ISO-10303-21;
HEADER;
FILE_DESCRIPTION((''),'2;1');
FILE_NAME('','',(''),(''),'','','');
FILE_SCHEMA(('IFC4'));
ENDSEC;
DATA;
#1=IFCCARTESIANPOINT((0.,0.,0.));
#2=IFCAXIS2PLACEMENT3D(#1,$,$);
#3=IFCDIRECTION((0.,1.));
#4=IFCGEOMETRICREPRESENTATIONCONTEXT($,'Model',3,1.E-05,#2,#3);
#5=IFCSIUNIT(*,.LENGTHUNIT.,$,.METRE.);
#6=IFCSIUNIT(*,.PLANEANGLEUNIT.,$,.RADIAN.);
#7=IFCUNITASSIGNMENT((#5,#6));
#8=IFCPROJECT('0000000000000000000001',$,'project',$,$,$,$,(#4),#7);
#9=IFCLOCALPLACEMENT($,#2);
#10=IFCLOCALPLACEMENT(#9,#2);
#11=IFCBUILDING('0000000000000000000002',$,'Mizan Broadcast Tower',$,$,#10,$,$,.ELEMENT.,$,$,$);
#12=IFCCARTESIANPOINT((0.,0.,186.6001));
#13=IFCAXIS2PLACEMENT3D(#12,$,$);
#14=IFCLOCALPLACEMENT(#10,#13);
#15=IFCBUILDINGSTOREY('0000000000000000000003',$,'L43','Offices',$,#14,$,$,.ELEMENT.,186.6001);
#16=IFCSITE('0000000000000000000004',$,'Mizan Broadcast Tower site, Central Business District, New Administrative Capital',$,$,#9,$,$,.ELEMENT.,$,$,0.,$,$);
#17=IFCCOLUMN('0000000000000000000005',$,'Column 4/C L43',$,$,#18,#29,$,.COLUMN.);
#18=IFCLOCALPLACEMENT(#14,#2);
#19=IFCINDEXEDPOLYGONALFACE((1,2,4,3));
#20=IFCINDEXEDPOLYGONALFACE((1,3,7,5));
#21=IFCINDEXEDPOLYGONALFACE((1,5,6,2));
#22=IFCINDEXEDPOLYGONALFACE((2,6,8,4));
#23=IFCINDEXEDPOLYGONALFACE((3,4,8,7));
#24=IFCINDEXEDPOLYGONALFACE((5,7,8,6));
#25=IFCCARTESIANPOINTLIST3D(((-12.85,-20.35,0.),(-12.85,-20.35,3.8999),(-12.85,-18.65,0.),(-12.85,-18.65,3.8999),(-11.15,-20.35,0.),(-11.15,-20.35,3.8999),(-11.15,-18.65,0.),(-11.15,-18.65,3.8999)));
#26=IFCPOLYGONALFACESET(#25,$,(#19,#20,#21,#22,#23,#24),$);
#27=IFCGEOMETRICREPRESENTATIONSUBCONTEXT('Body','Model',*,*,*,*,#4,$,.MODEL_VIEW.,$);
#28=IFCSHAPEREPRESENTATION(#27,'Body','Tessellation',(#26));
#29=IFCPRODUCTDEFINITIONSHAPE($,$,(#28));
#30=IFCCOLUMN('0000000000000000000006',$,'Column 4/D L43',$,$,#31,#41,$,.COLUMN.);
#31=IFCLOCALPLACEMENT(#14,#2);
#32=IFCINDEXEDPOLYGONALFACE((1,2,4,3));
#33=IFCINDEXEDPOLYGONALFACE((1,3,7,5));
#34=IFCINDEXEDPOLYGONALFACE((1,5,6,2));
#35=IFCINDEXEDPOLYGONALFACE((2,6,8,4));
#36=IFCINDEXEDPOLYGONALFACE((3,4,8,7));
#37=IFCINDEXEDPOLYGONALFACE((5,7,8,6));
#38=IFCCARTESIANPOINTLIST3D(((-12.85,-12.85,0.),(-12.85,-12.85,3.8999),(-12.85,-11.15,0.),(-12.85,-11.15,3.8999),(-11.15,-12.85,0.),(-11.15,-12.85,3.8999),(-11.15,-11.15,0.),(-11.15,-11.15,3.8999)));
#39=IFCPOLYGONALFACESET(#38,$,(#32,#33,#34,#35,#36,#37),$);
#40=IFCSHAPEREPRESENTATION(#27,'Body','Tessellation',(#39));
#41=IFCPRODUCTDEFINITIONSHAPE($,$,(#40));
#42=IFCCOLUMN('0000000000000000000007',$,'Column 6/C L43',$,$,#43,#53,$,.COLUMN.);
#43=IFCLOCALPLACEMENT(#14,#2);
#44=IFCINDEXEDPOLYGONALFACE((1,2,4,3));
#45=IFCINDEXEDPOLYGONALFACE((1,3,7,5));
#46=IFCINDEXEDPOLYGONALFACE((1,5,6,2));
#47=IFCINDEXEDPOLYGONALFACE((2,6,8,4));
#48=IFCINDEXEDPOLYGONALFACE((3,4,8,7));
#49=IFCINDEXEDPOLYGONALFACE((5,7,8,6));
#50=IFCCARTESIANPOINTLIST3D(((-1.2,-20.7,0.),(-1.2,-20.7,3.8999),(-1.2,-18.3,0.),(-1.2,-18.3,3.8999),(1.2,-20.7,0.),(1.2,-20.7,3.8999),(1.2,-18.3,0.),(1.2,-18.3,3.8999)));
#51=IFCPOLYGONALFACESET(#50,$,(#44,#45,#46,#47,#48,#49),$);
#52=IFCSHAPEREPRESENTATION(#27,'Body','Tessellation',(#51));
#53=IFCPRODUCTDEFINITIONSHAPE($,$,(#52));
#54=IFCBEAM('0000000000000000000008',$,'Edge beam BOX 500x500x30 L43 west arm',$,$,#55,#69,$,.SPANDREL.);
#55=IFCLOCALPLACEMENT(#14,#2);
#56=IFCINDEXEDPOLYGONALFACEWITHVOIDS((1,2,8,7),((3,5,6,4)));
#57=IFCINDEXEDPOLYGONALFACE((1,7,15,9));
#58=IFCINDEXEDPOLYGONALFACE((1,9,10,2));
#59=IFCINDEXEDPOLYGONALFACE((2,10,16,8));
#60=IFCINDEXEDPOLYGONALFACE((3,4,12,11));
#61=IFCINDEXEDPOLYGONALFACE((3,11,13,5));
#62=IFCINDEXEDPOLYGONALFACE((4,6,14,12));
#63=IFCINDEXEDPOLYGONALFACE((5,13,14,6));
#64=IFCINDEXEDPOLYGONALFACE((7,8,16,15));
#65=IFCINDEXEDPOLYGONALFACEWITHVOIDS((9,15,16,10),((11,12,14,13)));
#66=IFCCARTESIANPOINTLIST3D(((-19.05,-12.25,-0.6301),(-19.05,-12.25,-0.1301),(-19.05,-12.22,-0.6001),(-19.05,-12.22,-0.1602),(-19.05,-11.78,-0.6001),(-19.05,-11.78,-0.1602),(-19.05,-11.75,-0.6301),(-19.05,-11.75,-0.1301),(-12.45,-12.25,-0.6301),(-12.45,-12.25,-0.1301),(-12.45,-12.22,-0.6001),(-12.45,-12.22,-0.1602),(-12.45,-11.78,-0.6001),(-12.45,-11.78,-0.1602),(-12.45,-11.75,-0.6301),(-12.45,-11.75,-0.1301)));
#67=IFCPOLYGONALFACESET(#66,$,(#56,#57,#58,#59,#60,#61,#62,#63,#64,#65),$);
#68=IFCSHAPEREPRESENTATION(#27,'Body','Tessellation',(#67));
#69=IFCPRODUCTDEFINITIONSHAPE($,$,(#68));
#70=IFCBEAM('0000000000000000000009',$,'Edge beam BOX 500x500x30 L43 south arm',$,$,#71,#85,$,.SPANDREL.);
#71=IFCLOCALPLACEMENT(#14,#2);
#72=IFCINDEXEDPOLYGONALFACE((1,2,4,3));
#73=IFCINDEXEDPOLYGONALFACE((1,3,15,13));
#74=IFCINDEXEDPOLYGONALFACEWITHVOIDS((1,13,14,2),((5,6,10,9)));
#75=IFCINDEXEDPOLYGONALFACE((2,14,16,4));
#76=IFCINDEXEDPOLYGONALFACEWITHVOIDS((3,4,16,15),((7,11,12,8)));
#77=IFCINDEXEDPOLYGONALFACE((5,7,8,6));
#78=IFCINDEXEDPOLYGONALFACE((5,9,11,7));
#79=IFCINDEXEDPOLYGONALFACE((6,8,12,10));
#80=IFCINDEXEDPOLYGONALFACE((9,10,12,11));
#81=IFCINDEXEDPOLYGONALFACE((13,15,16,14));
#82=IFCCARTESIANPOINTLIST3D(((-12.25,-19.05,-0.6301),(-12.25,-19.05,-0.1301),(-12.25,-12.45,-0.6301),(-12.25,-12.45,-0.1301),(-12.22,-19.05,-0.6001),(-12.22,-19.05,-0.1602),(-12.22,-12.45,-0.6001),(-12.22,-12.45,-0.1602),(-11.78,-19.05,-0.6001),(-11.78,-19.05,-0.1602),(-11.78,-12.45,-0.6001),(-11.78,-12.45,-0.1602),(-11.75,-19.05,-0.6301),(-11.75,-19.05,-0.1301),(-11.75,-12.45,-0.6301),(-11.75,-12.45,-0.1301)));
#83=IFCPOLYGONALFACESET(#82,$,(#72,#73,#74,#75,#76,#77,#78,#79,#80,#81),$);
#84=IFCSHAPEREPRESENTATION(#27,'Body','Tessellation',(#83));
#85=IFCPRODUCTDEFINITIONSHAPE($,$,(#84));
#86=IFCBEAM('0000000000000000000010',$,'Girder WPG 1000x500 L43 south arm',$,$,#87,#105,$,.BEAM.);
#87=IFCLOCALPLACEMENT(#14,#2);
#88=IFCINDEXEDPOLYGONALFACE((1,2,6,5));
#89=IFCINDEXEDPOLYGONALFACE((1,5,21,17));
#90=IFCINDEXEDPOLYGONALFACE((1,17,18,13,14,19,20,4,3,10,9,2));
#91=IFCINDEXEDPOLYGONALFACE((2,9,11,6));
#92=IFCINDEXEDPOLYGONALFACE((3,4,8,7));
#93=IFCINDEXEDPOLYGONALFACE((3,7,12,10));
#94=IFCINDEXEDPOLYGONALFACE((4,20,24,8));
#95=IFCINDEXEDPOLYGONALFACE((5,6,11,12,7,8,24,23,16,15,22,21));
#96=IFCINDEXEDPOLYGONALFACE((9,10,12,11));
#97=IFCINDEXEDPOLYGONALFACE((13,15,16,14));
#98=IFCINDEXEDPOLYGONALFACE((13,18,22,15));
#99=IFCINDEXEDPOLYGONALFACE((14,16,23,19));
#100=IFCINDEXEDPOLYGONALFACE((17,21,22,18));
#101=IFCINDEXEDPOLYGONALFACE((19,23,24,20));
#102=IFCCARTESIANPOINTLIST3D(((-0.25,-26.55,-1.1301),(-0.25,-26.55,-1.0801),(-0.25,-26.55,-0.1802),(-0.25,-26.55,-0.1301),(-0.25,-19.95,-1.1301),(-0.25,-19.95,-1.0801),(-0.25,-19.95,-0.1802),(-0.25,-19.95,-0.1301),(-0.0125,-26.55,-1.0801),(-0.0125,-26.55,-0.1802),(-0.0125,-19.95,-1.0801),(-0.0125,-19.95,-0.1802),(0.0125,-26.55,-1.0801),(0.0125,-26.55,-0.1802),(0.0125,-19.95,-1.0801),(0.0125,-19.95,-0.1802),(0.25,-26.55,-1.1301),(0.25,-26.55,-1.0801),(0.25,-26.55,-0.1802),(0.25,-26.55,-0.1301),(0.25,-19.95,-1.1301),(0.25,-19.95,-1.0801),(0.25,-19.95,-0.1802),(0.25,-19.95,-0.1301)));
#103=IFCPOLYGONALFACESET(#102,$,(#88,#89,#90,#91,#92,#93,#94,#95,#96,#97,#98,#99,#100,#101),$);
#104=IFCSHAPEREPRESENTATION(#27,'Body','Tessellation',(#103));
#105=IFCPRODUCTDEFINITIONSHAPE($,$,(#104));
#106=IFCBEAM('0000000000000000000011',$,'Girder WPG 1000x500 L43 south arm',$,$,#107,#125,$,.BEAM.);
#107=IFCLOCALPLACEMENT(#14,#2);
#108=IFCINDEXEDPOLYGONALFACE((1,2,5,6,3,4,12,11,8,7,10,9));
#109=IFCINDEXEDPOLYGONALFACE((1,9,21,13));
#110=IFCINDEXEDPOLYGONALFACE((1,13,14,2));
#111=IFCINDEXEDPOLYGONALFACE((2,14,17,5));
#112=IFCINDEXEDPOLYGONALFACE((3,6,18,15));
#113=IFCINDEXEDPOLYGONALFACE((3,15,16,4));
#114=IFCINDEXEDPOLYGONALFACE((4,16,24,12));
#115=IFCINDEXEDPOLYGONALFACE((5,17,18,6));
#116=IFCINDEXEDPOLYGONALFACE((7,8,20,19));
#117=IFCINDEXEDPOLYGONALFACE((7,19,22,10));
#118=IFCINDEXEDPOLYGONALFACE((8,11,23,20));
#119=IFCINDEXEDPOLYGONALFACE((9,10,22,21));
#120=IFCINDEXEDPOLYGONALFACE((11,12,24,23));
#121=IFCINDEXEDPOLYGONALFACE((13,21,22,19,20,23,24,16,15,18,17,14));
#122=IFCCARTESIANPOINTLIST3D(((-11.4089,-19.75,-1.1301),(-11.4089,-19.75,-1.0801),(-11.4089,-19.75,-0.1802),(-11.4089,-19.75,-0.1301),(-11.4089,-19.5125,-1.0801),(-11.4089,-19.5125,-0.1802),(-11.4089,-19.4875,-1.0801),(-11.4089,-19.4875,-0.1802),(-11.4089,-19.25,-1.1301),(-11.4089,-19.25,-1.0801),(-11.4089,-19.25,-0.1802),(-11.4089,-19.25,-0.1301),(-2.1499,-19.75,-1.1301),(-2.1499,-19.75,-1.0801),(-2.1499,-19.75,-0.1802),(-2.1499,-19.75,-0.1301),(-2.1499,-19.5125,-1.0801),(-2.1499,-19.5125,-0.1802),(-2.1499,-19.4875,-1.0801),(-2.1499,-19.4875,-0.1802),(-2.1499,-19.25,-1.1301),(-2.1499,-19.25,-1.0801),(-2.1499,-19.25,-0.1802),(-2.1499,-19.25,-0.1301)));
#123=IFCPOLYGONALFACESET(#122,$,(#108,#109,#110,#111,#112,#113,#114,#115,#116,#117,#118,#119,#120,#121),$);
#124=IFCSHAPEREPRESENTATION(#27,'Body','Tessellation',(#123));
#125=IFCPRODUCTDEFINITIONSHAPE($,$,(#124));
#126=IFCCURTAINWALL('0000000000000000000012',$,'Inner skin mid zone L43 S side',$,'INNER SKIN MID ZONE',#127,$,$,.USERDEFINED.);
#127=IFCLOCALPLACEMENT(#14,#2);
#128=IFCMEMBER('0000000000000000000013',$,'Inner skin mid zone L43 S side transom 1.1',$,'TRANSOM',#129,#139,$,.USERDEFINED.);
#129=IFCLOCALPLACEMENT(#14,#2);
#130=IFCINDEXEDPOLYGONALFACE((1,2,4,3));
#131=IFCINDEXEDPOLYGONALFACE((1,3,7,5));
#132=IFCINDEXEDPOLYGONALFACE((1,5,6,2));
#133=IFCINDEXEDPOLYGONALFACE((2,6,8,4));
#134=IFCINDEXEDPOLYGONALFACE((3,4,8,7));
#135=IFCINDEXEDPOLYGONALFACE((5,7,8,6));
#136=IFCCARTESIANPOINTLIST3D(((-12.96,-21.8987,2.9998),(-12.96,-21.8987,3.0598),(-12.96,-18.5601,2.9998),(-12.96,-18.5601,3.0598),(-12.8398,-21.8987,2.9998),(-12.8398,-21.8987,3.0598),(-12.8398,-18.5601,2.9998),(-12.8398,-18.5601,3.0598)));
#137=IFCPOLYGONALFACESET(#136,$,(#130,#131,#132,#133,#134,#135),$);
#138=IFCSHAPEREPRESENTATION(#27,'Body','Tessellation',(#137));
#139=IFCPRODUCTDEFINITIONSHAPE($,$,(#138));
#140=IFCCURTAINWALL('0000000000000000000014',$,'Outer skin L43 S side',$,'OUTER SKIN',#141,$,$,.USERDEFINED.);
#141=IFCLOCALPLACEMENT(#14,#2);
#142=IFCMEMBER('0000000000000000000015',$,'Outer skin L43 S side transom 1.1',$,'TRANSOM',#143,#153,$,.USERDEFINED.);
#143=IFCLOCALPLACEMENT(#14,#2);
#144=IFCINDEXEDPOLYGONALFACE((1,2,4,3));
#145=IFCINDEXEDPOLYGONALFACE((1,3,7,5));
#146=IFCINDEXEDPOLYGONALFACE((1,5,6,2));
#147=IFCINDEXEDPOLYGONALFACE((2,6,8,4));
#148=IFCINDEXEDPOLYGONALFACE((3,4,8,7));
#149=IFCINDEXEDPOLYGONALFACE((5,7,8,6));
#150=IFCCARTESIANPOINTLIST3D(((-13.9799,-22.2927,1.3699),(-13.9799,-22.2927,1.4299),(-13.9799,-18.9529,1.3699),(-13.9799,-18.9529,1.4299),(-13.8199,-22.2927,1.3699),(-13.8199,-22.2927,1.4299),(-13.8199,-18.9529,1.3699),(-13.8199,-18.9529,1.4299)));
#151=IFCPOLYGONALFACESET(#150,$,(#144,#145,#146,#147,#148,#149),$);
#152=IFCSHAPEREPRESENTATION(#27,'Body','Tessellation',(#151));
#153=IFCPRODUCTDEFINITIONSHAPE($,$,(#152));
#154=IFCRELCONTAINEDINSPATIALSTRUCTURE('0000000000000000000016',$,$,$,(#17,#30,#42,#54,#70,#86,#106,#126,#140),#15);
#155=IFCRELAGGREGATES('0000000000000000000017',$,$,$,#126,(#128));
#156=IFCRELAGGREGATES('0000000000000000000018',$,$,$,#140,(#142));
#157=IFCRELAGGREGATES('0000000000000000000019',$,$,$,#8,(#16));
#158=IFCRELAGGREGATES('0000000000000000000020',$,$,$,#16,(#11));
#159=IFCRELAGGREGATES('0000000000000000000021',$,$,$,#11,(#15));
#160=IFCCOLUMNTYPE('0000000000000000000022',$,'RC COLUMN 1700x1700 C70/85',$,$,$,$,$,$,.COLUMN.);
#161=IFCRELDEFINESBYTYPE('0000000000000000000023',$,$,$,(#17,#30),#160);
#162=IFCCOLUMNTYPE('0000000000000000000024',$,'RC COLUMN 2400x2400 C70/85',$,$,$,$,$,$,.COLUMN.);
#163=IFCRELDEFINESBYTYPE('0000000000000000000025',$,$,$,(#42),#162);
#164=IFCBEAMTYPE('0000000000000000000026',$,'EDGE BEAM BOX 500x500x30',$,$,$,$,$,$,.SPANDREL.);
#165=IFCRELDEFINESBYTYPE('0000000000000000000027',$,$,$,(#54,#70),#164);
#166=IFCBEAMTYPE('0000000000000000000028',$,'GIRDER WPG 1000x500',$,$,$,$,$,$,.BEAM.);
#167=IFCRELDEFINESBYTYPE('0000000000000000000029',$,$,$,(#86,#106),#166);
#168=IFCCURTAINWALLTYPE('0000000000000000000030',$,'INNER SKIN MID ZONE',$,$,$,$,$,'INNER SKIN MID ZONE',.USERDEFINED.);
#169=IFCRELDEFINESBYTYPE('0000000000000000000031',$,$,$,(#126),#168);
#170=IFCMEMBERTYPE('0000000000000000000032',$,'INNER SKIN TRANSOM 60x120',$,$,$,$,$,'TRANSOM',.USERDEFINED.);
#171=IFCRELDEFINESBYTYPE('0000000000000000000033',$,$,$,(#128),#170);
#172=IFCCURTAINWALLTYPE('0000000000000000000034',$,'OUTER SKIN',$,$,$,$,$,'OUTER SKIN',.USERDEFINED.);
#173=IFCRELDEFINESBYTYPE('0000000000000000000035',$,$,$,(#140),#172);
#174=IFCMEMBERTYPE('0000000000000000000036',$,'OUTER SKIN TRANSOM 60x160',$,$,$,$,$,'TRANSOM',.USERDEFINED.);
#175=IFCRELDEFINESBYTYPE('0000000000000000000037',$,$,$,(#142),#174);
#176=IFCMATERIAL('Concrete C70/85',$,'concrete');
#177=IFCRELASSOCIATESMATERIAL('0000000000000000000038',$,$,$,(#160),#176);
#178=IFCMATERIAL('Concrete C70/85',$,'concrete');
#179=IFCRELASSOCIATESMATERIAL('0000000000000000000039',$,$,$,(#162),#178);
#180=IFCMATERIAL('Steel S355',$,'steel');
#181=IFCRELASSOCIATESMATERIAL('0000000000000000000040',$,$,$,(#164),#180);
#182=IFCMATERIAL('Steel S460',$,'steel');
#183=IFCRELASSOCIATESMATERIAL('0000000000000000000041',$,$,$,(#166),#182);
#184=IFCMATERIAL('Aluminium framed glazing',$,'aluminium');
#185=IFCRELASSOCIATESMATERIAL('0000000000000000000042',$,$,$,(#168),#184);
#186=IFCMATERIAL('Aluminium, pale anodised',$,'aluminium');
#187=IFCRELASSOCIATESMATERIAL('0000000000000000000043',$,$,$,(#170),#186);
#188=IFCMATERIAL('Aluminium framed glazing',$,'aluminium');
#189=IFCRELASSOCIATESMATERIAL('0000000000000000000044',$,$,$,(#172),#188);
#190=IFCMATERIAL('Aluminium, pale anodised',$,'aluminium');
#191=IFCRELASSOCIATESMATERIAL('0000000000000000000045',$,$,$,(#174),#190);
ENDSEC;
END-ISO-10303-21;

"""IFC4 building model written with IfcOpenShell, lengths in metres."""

from ifc_helpers import new_model, si_unit, direction, frame, origin, origin_2d, place, context, subcontext, project, spatial, rectangle, hollow_rectangle, i_section, extrude, material, material_profile, profile_set, type_object, element, aggregate, save


model = new_model("IFC4")

# Units and contexts
model_context = context("Model", 3, precision=1e-05, world=origin(), true_north=direction((0.0, 1.0)))
body_context = subcontext(model_context, "Body", "Model", "MODEL_VIEW")
ifc_project = project(units=[si_unit("LENGTHUNIT", "METRE"), si_unit("PLANEANGLEUNIT", "RADIAN")], contexts=[model_context])

# Site, building, storey
site_placement = place(None, origin())
site = spatial("IfcSite", under=ifc_project, at=site_placement, Name="Mizan Broadcast Tower site, Central Business District, New Administrative Capital", CompositionType="ELEMENT", RefElevation=0.0)
building_placement = place(site_placement, origin())
building = spatial("IfcBuilding", under=site, at=building_placement, Name="Mizan Broadcast Tower", CompositionType="ELEMENT")
storey_placement = place(building_placement, frame((0.0, 0.0, 186.6001)))
storey = spatial("IfcBuildingStorey", under=building, at=storey_placement, Name="L43", Description="Offices", CompositionType="ELEMENT", Elevation=186.6001)

# Columns
ifc_material_1 = material(Name="Concrete C70/85", Category="concrete")
ifc_material_profile_1 = material_profile(ifc_material_1, rectangle(XDim=1.7, YDim=1.7, at=origin_2d()), Name="RC 1700x1700")
ifc_profile_set_1 = profile_set([ifc_material_profile_1], Name="Concrete C70/85")
column_type_1 = type_object("IfcColumnType", Name="RC COLUMN 1700x1700 C70/85", PredefinedType="COLUMN", material=ifc_profile_set_1)
for number, where, z_axis, x_axis, name in (
    (1, (-12.0, -19.5, 0.0), (0.0, 0.0, 1.0), (1.0, 0.0, 0.0), "Column 4/C L43"),
    (2, (-12.0, -12.0, 0.0), (0.0, 0.0, 1.0), (1.0, 0.0, 0.0), "Column 4/D L43"),
):
    element("IfcColumn", number, at=place(storey_placement, frame(where, z_axis=z_axis, x_axis=x_axis)), inside=storey, type_object=column_type_1, Name=name, PredefinedType="COLUMN", context=body_context, shape_type="SweptSolid", body=[
        extrude(rectangle(XDim=1.7, YDim=1.7, at=origin_2d()), origin(), (0.0, 0.0, 1.0), 3.8999),
    ])
ifc_material_2 = material(Name="Concrete C70/85", Category="concrete")
ifc_material_profile_2 = material_profile(ifc_material_2, rectangle(XDim=2.3999, YDim=2.3999, at=origin_2d()), Name="RC 2400x2400")
ifc_profile_set_2 = profile_set([ifc_material_profile_2], Name="Concrete C70/85")
column_type_2 = type_object("IfcColumnType", Name="RC COLUMN 2400x2400 C70/85", PredefinedType="COLUMN", material=ifc_profile_set_2)
column_placement = place(storey_placement, frame((0.0, -19.5, 0.0), z_axis=(0.0, 0.0, 1.0), x_axis=(1.0, 0.0, 0.0)))
element("IfcColumn", 3, at=column_placement, inside=storey, type_object=column_type_2, Name="Column 6/C L43", PredefinedType="COLUMN", context=body_context, shape_type="SweptSolid", body=[
    extrude(rectangle(XDim=2.3999, YDim=2.3999, at=origin_2d()), origin(), (0.0, 0.0, 1.0), 3.8999),
])

# Beams
ifc_material_3 = material(Name="Steel S355", Category="steel")
ifc_material_profile_3 = material_profile(ifc_material_3, hollow_rectangle(XDim=0.5, YDim=0.5, WallThickness=0.03, at=origin_2d()), Name="BOX 500x500x30")
ifc_profile_set_3 = profile_set([ifc_material_profile_3], Name="Steel S355")
beam_type_1 = type_object("IfcBeamType", Name="EDGE BEAM BOX 500x500x30", PredefinedType="SPANDREL", material=ifc_profile_set_3)
for number, where, z_axis, x_axis, name in (
    (4, (-12.45, -12.0, -0.3801), (-1.0, 0.0, 0.0), (0.0, -1.0, 0.0), "Edge beam BOX 500x500x30 L43 west arm"),
    (5, (-12.0, -12.45, -0.3801), (0.0, -1.0, 0.0), (1.0, 0.0, 0.0), "Edge beam BOX 500x500x30 L43 south arm"),
):
    element("IfcBeam", number, at=place(storey_placement, frame(where, z_axis=z_axis, x_axis=x_axis)), inside=storey, type_object=beam_type_1, Name=name, PredefinedType="SPANDREL", context=body_context, shape_type="SweptSolid", body=[
        extrude(hollow_rectangle(XDim=0.5, YDim=0.5, WallThickness=0.03, at=origin_2d()), origin(), (0.0, 0.0, 1.0), 6.6001),
    ])
ifc_material_4 = material(Name="Steel S460", Category="steel")
ifc_material_profile_4 = material_profile(ifc_material_4, i_section(OverallWidth=0.5, OverallDepth=1.0, WebThickness=0.0249, FlangeThickness=0.05, at=origin_2d()), Name="WPG 1000x500")
ifc_profile_set_4 = profile_set([ifc_material_profile_4], Name="Steel S460")
beam_type_2 = type_object("IfcBeamType", Name="GIRDER WPG 1000x500", PredefinedType="BEAM", material=ifc_profile_set_4)
beam_1_placement = place(storey_placement, frame((0.0, -19.95, -0.6301), z_axis=(0.0, -1.0, 0.0), x_axis=(1.0, 0.0, 0.0)))
element("IfcBeam", 6, at=beam_1_placement, inside=storey, type_object=beam_type_2, Name="Girder WPG 1000x500 L43 south arm", PredefinedType="BEAM", context=body_context, shape_type="SweptSolid", body=[
    extrude(i_section(OverallWidth=0.5, OverallDepth=1.0, WebThickness=0.0249, FlangeThickness=0.05, at=origin_2d()), origin(), (0.0, 0.0, 1.0), 6.6001),
])
beam_2_placement = place(storey_placement, frame((-11.4089, -19.5, -0.6301), z_axis=(1.0, 0.0, 0.0), x_axis=(0.0, 1.0, 0.0)))
element("IfcBeam", 7, at=beam_2_placement, inside=storey, type_object=beam_type_2, Name="Girder WPG 1000x500 L43 south arm", PredefinedType="BEAM", context=body_context, shape_type="SweptSolid", body=[
    extrude(i_section(OverallWidth=0.5, OverallDepth=1.0, WebThickness=0.0249, FlangeThickness=0.05, at=origin_2d()), origin(), (0.0, 0.0, 1.0), 9.259),
])

# Curtain walls, members
ifc_material_5 = material(Name="Aluminium framed glazing", Category="aluminium")
curtain_wall_type_1 = type_object("IfcCurtainWallType", Name="INNER SKIN MID ZONE", ElementType="INNER SKIN MID ZONE", PredefinedType="USERDEFINED", material=ifc_material_5)
curtain_wall_1_placement = place(storey_placement, origin())
curtain_wall_1 = element("IfcCurtainWall", 8, at=curtain_wall_1_placement, inside=storey, type_object=curtain_wall_type_1, Name="Inner skin mid zone L43 S side", ObjectType="INNER SKIN MID ZONE", PredefinedType="USERDEFINED")
ifc_material_6 = material(Name="Aluminium, pale anodised", Category="aluminium")
ifc_material_profile_5 = material_profile(ifc_material_6, rectangle(XDim=0.1201, YDim=0.0601, at=origin_2d()), Name="TRANSOM 120x60")
ifc_profile_set_5 = profile_set([ifc_material_profile_5], Name="Aluminium, pale anodised")
member_type_1 = type_object("IfcMemberType", Name="INNER SKIN TRANSOM 60x120", ElementType="TRANSOM", PredefinedType="USERDEFINED", material=ifc_profile_set_5)
member_1_placement = place(storey_placement, frame((-12.8999, -18.5601, 3.0298), z_axis=(0.0, -1.0, 0.0), x_axis=(1.0, 0.0, 0.0)))
member_1 = element("IfcMember", 9, at=member_1_placement, type_object=member_type_1, Name="Inner skin mid zone L43 S side transom 1.1", ObjectType="TRANSOM", PredefinedType="USERDEFINED", context=body_context, shape_type="SweptSolid", body=[
    extrude(rectangle(XDim=0.1201, YDim=0.0601, at=origin_2d()), origin(), (0.0, 0.0, 1.0), 3.3386),
])
aggregate(curtain_wall_1, [member_1])
ifc_material_7 = material(Name="Aluminium framed glazing", Category="aluminium")
curtain_wall_type_2 = type_object("IfcCurtainWallType", Name="OUTER SKIN", ElementType="OUTER SKIN", PredefinedType="USERDEFINED", material=ifc_material_7)
curtain_wall_2_placement = place(storey_placement, origin())
curtain_wall_2 = element("IfcCurtainWall", 10, at=curtain_wall_2_placement, inside=storey, type_object=curtain_wall_type_2, Name="Outer skin L43 S side", ObjectType="OUTER SKIN", PredefinedType="USERDEFINED")
ifc_material_8 = material(Name="Aluminium, pale anodised", Category="aluminium")
ifc_material_profile_6 = material_profile(ifc_material_8, rectangle(XDim=0.1599, YDim=0.0601, at=origin_2d()), Name="TRANSOM 160x60")
ifc_profile_set_6 = profile_set([ifc_material_profile_6], Name="Aluminium, pale anodised")
member_type_2 = type_object("IfcMemberType", Name="OUTER SKIN TRANSOM 60x160", ElementType="TRANSOM", PredefinedType="USERDEFINED", material=ifc_profile_set_6)
member_2_placement = place(storey_placement, frame((-13.8999, -18.9529, 1.3999), z_axis=(0.0, -1.0, 0.0), x_axis=(1.0, 0.0, 0.0)))
member_2 = element("IfcMember", 11, at=member_2_placement, type_object=member_type_2, Name="Outer skin L43 S side transom 1.1", ObjectType="TRANSOM", PredefinedType="USERDEFINED", context=body_context, shape_type="SweptSolid", body=[
    extrude(rectangle(XDim=0.1599, YDim=0.0601, at=origin_2d()), origin(), (0.0, 0.0, 1.0), 3.3398),
])
aggregate(curtain_wall_2, [member_2])

save(model, "model.ifc")
